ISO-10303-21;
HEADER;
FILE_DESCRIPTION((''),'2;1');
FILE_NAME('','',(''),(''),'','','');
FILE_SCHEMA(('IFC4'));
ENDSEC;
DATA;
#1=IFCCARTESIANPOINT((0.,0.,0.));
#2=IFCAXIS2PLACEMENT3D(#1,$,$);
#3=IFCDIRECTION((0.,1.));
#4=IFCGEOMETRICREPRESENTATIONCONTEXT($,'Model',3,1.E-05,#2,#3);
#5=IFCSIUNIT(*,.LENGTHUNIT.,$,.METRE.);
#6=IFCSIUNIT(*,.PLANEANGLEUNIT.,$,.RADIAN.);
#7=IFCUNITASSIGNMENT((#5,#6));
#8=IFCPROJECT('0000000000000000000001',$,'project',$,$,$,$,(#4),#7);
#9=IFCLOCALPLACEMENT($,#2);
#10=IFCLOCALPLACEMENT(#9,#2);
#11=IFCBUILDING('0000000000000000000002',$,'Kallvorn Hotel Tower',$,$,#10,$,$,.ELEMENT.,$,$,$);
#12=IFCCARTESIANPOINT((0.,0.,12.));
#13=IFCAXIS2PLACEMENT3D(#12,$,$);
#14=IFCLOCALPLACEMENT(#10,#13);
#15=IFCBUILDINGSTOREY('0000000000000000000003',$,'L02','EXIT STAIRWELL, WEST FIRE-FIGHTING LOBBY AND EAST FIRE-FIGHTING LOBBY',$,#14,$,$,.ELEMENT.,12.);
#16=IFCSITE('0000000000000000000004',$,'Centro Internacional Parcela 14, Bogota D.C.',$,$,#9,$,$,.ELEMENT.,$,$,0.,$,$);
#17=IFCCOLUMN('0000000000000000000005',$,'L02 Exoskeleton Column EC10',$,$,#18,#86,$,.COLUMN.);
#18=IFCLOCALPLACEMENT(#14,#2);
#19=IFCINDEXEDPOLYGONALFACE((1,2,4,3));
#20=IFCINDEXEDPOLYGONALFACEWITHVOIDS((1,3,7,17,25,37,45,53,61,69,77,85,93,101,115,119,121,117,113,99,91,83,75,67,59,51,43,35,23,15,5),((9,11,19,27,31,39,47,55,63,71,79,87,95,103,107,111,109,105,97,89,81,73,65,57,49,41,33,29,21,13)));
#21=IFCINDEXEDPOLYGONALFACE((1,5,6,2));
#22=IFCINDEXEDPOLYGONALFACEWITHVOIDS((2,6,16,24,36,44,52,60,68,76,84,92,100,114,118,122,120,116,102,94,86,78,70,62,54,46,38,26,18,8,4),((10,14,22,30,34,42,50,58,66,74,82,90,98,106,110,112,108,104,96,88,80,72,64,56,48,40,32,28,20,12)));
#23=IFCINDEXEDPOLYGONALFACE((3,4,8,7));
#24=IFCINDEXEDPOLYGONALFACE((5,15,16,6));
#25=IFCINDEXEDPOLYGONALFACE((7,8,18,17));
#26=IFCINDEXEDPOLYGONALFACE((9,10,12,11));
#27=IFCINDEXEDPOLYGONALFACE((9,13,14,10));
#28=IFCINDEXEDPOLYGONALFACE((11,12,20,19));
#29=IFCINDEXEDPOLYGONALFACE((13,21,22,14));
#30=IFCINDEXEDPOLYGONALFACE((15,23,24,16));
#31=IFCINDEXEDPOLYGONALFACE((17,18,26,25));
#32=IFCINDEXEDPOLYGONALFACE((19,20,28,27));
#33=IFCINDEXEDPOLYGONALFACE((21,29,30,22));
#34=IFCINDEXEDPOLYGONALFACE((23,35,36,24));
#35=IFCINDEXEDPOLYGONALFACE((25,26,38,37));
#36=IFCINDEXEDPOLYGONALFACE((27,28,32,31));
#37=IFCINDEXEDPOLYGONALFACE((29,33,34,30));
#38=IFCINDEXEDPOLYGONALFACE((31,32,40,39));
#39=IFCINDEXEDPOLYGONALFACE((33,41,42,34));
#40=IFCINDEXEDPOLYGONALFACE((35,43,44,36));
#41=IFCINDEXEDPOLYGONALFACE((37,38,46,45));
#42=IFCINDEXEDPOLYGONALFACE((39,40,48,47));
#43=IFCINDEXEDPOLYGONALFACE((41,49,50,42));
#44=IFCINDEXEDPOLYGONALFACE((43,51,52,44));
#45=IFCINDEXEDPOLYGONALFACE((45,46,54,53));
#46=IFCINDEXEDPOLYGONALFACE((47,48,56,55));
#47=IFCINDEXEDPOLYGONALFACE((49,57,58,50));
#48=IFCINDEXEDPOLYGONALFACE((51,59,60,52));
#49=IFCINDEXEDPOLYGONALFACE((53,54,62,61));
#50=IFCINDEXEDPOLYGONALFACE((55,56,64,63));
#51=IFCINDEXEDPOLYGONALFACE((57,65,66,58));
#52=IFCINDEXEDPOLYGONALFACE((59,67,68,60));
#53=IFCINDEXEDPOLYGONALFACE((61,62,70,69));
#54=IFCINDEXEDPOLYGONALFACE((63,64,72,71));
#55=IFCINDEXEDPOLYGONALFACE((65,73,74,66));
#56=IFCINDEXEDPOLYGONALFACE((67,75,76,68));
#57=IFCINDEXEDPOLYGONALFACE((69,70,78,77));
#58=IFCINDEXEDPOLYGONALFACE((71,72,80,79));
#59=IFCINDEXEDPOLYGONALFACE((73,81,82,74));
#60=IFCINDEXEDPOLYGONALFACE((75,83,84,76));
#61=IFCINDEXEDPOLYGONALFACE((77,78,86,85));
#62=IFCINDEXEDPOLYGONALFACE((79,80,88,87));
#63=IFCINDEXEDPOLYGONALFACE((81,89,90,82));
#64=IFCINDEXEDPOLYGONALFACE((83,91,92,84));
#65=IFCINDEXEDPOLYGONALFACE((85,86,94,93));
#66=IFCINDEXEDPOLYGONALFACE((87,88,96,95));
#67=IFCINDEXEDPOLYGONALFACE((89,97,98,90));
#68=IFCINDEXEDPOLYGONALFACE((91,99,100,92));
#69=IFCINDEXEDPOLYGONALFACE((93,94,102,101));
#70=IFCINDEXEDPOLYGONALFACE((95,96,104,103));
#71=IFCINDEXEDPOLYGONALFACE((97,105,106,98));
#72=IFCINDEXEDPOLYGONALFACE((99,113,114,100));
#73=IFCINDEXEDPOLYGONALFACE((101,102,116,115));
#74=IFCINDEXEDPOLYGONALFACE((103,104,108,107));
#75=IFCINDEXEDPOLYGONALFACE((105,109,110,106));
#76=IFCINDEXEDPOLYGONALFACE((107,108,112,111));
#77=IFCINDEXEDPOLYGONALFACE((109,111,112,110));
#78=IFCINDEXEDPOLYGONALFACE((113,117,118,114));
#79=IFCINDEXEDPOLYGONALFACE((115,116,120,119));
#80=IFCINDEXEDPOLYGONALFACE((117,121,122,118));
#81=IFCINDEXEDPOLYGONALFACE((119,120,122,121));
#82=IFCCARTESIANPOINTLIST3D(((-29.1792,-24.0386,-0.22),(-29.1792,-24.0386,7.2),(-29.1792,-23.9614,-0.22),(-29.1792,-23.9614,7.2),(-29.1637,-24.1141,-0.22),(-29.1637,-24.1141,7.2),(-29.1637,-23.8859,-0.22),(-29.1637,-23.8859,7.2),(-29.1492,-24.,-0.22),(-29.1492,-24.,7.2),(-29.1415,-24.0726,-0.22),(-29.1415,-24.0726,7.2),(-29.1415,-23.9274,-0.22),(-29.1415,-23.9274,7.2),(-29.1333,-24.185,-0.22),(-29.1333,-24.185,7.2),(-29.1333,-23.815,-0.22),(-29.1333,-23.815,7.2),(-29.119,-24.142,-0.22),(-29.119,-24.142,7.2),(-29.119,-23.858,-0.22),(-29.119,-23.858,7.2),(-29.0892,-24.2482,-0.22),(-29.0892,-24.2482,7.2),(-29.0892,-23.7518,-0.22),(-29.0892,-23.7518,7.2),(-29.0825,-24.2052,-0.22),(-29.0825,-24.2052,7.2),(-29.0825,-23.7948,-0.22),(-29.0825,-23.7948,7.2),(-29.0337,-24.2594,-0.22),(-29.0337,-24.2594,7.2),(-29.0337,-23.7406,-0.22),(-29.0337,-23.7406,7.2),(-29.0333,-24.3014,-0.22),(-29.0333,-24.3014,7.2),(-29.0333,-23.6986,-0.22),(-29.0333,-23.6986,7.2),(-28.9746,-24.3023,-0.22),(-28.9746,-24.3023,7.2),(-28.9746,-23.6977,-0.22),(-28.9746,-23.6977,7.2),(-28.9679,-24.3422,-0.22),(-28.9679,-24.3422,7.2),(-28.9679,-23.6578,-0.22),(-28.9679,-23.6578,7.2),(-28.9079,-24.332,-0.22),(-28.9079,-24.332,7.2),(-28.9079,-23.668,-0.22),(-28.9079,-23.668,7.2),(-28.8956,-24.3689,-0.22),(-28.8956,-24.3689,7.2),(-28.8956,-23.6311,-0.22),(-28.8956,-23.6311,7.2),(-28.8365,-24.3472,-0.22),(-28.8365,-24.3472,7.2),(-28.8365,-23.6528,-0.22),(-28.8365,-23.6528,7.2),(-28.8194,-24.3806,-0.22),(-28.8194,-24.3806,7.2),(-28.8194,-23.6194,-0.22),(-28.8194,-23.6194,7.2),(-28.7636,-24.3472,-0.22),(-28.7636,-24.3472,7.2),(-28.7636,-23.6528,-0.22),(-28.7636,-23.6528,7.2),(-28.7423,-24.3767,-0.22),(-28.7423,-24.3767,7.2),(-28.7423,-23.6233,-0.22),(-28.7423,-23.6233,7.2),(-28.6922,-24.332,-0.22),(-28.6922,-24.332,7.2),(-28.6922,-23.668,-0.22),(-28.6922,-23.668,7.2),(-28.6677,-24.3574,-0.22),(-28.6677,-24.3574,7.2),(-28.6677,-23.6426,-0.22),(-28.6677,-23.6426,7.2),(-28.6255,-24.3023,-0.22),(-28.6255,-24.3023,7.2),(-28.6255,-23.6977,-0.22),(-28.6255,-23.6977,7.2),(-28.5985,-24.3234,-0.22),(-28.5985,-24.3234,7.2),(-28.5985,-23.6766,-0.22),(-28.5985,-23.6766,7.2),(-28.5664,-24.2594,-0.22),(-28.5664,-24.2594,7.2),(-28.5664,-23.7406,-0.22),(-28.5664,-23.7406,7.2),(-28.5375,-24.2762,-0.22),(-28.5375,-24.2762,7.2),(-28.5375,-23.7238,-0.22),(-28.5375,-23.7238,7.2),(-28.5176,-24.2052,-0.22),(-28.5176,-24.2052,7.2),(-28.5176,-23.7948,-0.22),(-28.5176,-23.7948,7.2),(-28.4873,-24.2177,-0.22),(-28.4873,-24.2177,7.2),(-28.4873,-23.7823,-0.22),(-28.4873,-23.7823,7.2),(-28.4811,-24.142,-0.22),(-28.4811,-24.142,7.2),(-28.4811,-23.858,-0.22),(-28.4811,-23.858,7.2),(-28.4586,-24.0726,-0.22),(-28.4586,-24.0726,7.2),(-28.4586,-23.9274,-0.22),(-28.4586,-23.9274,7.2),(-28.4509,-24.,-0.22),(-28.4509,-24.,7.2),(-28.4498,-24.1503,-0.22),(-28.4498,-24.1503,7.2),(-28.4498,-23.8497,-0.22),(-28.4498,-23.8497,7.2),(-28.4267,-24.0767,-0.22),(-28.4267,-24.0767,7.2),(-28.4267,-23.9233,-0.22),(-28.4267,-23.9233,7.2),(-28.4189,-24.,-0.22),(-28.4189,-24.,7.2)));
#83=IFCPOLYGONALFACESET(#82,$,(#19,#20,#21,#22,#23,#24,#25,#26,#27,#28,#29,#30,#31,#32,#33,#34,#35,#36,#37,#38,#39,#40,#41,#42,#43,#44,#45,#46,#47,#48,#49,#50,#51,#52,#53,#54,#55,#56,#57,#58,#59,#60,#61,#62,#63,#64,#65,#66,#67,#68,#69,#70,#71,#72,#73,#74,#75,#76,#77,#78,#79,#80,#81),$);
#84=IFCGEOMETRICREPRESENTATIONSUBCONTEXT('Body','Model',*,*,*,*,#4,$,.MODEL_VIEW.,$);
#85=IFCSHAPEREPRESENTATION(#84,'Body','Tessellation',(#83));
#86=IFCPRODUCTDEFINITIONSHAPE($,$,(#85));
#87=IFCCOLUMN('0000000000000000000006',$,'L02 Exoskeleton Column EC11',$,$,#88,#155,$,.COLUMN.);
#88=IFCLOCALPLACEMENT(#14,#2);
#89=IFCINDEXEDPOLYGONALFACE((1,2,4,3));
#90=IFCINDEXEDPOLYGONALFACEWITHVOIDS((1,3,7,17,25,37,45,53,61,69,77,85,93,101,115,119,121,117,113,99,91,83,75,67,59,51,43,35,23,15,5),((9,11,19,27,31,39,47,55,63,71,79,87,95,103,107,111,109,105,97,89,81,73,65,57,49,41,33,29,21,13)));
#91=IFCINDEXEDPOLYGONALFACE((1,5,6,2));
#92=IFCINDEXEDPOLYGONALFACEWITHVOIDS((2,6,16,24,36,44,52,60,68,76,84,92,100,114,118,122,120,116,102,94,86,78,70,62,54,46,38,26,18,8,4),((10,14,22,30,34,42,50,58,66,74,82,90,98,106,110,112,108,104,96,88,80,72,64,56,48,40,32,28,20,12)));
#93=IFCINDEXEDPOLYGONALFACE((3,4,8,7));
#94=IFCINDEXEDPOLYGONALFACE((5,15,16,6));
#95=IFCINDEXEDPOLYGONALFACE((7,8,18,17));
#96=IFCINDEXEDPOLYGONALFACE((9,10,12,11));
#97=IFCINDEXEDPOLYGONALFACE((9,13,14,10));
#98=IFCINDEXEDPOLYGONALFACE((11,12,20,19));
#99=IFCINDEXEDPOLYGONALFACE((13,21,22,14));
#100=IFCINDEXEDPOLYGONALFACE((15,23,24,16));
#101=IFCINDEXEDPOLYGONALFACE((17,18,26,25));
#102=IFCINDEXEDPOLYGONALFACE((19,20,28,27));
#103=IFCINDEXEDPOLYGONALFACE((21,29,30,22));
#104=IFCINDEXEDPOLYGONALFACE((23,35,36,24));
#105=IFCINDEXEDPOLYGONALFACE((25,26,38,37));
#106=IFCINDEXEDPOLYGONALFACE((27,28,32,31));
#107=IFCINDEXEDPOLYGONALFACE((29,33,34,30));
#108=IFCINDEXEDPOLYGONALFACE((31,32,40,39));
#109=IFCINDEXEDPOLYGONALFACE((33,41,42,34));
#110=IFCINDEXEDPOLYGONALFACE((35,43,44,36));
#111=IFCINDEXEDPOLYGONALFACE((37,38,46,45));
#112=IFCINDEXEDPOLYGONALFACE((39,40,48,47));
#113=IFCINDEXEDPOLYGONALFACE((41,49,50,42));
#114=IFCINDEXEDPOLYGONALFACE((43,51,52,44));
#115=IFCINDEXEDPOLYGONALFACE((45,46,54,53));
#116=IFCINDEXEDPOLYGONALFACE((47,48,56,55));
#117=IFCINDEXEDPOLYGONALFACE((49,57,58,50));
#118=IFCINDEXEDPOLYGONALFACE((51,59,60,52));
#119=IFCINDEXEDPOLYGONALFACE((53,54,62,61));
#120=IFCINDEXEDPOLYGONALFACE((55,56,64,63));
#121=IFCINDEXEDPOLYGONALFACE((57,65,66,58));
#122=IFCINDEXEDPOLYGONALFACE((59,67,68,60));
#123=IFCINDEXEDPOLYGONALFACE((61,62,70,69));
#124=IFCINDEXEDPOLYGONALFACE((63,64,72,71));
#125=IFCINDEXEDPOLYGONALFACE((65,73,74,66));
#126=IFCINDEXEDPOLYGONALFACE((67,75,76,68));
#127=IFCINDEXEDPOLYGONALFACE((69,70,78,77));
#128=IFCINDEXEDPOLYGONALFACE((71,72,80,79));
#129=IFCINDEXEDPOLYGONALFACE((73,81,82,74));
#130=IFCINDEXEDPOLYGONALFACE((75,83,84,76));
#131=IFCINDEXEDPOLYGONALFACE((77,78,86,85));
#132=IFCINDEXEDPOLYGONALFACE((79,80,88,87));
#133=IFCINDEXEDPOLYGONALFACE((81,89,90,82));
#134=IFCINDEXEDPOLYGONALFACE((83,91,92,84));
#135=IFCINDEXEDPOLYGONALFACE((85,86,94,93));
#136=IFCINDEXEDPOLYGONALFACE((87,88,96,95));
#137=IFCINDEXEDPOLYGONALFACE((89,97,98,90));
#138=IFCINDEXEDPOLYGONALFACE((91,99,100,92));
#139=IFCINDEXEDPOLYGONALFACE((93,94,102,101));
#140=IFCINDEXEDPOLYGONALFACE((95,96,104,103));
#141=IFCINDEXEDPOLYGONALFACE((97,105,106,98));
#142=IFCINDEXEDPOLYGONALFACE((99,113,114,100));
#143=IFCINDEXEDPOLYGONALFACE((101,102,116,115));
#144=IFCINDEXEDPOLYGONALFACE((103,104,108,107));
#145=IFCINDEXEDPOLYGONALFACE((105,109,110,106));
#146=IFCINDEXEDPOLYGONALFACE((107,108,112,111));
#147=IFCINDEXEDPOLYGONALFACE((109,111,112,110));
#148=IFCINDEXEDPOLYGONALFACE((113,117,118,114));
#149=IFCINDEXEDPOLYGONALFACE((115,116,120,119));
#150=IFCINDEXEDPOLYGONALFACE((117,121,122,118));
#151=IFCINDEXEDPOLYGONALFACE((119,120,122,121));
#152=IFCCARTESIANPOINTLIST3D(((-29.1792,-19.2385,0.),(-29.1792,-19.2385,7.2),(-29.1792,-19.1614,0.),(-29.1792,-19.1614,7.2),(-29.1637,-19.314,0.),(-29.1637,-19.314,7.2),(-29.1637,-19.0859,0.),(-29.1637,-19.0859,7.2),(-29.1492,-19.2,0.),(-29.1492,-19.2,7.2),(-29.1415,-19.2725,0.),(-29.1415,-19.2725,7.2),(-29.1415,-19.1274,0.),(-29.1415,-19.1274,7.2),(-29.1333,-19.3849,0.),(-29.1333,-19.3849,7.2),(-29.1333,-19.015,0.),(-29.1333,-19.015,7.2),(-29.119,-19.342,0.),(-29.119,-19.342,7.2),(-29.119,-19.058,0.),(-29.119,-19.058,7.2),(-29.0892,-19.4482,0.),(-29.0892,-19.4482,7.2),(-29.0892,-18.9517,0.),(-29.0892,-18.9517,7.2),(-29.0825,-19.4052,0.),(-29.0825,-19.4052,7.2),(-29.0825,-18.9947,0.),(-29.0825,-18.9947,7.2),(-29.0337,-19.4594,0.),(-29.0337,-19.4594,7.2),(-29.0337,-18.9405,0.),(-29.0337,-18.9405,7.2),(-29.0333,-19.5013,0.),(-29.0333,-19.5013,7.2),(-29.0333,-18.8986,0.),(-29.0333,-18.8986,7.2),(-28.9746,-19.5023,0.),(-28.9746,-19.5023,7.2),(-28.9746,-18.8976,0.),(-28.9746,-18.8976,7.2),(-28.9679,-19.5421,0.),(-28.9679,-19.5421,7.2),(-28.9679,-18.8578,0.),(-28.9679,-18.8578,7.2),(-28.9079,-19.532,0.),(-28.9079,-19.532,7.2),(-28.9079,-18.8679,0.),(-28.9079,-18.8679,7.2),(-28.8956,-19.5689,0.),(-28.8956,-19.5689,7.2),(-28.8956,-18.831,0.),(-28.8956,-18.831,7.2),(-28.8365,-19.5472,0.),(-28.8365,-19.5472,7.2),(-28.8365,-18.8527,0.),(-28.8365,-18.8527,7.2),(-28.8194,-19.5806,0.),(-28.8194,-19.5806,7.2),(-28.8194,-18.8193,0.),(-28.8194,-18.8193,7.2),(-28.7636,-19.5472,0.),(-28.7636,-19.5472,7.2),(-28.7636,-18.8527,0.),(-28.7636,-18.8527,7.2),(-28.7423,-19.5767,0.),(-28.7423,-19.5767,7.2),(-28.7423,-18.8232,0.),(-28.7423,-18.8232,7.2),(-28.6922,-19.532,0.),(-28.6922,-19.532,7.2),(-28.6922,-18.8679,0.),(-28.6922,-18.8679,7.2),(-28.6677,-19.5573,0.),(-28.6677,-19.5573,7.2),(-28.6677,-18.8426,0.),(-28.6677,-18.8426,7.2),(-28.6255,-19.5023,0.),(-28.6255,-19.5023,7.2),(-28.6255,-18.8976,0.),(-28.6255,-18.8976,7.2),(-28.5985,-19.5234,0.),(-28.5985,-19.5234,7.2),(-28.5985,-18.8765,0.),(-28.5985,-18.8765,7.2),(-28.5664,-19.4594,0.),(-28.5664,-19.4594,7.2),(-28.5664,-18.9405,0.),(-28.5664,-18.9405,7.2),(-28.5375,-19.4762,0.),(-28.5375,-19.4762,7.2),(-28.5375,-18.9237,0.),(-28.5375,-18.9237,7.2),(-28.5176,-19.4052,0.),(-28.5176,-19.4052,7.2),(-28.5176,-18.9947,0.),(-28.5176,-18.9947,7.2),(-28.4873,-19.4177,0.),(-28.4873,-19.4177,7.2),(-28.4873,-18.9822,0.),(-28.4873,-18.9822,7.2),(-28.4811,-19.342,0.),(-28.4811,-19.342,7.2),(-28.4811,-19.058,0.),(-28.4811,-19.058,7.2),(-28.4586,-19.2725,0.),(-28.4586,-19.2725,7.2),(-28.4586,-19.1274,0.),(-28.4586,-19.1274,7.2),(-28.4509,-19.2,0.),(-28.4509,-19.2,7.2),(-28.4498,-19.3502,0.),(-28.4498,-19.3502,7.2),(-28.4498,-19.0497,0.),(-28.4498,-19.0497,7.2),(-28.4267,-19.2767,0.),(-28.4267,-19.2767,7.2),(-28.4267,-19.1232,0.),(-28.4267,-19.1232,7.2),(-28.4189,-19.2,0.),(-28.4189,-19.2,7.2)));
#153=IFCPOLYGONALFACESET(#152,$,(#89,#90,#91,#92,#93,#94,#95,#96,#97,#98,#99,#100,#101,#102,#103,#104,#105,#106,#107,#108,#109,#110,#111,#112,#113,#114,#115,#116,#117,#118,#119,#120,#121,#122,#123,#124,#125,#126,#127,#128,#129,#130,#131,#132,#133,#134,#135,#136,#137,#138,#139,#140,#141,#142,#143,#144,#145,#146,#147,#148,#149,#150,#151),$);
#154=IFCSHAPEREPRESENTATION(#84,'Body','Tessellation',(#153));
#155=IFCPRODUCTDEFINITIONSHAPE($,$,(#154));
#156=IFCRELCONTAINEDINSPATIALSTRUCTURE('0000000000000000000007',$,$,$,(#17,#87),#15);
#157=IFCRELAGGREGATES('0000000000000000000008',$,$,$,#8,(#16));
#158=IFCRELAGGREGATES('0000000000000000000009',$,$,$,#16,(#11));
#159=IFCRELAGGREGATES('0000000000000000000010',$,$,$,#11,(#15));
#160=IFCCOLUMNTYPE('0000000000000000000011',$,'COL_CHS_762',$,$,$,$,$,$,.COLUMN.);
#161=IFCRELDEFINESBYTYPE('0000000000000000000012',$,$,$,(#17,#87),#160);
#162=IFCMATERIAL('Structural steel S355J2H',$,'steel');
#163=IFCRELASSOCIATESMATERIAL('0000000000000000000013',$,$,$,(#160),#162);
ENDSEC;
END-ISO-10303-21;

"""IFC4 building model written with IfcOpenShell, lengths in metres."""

from ifc_helpers import new_model, si_unit, direction, frame, origin, origin_2d, place, context, subcontext, project, spatial, hollow_circle, extrude, material, material_profile, profile_set, type_object, element, save


model = new_model("IFC4")

# Units and contexts
model_context = context("Model", 3, precision=1e-05, world=origin(), true_north=direction((0.0, 1.0)))
body_context = subcontext(model_context, "Body", "Model", "MODEL_VIEW")
ifc_project = project(units=[si_unit("LENGTHUNIT", "METRE"), si_unit("PLANEANGLEUNIT", "RADIAN")], contexts=[model_context])

# Site, building, storey
site_placement = place(None, origin())
site = spatial("IfcSite", under=ifc_project, at=site_placement, Name="Centro Internacional Parcela 14, Bogota D.C.", CompositionType="ELEMENT", RefElevation=0.0)
building_placement = place(site_placement, origin())
building = spatial("IfcBuilding", under=site, at=building_placement, Name="Kallvorn Hotel Tower", CompositionType="ELEMENT")
storey_placement = place(building_placement, frame((0.0, 0.0, 12.0)))
storey = spatial("IfcBuildingStorey", under=building, at=storey_placement, Name="L02", Description="EXIT STAIRWELL, WEST FIRE-FIGHTING LOBBY AND EAST FIRE-FIGHTING LOBBY", CompositionType="ELEMENT", Elevation=12.0)

# Columns
ifc_material_1 = material(Name="Structural steel S355J2H", Category="steel")
ifc_material_profile_1 = material_profile(ifc_material_1, hollow_circle(Radius=0.3811, WallThickness=0.032, at=origin_2d()), Name="CHS 762x32")
ifc_profile_set_1 = profile_set([ifc_material_profile_1], Name="Structural steel S355J2H")
column_type_1 = type_object("IfcColumnType", Name="COL_CHS_762", PredefinedType="COLUMN", material=ifc_profile_set_1)
for number, where, z_axis, x_axis, name in (
    (1, (-28.8, -24.0, -0.22), (0.0, 0.0, 1.0), (1.0, 0.0, 0.0), "L02 Exoskeleton Column EC10"),
):
    element("IfcColumn", number, at=place(storey_placement, frame(where, z_axis=z_axis, x_axis=x_axis)), inside=storey, type_object=column_type_1, Name=name, PredefinedType="COLUMN", context=body_context, shape_type="SweptSolid", body=[
        extrude(hollow_circle(Radius=0.3811, WallThickness=0.032, at=origin_2d()), origin(), (0.0, 0.0, 1.0), 7.4199),
    ])
column_1_placement = place(storey_placement, frame((-28.8, -19.2, 0.0), z_axis=(0.0, 0.0, 1.0), x_axis=(1.0, 0.0, 0.0)))
element("IfcColumn", 2, at=column_1_placement, inside=storey, type_object=column_type_1, Name="L02 Exoskeleton Column EC11", PredefinedType="COLUMN", context=body_context, shape_type="SweptSolid", body=[
    extrude(hollow_circle(Radius=0.3811, WallThickness=0.032, at=origin_2d()), origin(), (0.0, 0.0, 1.0), 7.2),
])

save(model, "model.ifc")
